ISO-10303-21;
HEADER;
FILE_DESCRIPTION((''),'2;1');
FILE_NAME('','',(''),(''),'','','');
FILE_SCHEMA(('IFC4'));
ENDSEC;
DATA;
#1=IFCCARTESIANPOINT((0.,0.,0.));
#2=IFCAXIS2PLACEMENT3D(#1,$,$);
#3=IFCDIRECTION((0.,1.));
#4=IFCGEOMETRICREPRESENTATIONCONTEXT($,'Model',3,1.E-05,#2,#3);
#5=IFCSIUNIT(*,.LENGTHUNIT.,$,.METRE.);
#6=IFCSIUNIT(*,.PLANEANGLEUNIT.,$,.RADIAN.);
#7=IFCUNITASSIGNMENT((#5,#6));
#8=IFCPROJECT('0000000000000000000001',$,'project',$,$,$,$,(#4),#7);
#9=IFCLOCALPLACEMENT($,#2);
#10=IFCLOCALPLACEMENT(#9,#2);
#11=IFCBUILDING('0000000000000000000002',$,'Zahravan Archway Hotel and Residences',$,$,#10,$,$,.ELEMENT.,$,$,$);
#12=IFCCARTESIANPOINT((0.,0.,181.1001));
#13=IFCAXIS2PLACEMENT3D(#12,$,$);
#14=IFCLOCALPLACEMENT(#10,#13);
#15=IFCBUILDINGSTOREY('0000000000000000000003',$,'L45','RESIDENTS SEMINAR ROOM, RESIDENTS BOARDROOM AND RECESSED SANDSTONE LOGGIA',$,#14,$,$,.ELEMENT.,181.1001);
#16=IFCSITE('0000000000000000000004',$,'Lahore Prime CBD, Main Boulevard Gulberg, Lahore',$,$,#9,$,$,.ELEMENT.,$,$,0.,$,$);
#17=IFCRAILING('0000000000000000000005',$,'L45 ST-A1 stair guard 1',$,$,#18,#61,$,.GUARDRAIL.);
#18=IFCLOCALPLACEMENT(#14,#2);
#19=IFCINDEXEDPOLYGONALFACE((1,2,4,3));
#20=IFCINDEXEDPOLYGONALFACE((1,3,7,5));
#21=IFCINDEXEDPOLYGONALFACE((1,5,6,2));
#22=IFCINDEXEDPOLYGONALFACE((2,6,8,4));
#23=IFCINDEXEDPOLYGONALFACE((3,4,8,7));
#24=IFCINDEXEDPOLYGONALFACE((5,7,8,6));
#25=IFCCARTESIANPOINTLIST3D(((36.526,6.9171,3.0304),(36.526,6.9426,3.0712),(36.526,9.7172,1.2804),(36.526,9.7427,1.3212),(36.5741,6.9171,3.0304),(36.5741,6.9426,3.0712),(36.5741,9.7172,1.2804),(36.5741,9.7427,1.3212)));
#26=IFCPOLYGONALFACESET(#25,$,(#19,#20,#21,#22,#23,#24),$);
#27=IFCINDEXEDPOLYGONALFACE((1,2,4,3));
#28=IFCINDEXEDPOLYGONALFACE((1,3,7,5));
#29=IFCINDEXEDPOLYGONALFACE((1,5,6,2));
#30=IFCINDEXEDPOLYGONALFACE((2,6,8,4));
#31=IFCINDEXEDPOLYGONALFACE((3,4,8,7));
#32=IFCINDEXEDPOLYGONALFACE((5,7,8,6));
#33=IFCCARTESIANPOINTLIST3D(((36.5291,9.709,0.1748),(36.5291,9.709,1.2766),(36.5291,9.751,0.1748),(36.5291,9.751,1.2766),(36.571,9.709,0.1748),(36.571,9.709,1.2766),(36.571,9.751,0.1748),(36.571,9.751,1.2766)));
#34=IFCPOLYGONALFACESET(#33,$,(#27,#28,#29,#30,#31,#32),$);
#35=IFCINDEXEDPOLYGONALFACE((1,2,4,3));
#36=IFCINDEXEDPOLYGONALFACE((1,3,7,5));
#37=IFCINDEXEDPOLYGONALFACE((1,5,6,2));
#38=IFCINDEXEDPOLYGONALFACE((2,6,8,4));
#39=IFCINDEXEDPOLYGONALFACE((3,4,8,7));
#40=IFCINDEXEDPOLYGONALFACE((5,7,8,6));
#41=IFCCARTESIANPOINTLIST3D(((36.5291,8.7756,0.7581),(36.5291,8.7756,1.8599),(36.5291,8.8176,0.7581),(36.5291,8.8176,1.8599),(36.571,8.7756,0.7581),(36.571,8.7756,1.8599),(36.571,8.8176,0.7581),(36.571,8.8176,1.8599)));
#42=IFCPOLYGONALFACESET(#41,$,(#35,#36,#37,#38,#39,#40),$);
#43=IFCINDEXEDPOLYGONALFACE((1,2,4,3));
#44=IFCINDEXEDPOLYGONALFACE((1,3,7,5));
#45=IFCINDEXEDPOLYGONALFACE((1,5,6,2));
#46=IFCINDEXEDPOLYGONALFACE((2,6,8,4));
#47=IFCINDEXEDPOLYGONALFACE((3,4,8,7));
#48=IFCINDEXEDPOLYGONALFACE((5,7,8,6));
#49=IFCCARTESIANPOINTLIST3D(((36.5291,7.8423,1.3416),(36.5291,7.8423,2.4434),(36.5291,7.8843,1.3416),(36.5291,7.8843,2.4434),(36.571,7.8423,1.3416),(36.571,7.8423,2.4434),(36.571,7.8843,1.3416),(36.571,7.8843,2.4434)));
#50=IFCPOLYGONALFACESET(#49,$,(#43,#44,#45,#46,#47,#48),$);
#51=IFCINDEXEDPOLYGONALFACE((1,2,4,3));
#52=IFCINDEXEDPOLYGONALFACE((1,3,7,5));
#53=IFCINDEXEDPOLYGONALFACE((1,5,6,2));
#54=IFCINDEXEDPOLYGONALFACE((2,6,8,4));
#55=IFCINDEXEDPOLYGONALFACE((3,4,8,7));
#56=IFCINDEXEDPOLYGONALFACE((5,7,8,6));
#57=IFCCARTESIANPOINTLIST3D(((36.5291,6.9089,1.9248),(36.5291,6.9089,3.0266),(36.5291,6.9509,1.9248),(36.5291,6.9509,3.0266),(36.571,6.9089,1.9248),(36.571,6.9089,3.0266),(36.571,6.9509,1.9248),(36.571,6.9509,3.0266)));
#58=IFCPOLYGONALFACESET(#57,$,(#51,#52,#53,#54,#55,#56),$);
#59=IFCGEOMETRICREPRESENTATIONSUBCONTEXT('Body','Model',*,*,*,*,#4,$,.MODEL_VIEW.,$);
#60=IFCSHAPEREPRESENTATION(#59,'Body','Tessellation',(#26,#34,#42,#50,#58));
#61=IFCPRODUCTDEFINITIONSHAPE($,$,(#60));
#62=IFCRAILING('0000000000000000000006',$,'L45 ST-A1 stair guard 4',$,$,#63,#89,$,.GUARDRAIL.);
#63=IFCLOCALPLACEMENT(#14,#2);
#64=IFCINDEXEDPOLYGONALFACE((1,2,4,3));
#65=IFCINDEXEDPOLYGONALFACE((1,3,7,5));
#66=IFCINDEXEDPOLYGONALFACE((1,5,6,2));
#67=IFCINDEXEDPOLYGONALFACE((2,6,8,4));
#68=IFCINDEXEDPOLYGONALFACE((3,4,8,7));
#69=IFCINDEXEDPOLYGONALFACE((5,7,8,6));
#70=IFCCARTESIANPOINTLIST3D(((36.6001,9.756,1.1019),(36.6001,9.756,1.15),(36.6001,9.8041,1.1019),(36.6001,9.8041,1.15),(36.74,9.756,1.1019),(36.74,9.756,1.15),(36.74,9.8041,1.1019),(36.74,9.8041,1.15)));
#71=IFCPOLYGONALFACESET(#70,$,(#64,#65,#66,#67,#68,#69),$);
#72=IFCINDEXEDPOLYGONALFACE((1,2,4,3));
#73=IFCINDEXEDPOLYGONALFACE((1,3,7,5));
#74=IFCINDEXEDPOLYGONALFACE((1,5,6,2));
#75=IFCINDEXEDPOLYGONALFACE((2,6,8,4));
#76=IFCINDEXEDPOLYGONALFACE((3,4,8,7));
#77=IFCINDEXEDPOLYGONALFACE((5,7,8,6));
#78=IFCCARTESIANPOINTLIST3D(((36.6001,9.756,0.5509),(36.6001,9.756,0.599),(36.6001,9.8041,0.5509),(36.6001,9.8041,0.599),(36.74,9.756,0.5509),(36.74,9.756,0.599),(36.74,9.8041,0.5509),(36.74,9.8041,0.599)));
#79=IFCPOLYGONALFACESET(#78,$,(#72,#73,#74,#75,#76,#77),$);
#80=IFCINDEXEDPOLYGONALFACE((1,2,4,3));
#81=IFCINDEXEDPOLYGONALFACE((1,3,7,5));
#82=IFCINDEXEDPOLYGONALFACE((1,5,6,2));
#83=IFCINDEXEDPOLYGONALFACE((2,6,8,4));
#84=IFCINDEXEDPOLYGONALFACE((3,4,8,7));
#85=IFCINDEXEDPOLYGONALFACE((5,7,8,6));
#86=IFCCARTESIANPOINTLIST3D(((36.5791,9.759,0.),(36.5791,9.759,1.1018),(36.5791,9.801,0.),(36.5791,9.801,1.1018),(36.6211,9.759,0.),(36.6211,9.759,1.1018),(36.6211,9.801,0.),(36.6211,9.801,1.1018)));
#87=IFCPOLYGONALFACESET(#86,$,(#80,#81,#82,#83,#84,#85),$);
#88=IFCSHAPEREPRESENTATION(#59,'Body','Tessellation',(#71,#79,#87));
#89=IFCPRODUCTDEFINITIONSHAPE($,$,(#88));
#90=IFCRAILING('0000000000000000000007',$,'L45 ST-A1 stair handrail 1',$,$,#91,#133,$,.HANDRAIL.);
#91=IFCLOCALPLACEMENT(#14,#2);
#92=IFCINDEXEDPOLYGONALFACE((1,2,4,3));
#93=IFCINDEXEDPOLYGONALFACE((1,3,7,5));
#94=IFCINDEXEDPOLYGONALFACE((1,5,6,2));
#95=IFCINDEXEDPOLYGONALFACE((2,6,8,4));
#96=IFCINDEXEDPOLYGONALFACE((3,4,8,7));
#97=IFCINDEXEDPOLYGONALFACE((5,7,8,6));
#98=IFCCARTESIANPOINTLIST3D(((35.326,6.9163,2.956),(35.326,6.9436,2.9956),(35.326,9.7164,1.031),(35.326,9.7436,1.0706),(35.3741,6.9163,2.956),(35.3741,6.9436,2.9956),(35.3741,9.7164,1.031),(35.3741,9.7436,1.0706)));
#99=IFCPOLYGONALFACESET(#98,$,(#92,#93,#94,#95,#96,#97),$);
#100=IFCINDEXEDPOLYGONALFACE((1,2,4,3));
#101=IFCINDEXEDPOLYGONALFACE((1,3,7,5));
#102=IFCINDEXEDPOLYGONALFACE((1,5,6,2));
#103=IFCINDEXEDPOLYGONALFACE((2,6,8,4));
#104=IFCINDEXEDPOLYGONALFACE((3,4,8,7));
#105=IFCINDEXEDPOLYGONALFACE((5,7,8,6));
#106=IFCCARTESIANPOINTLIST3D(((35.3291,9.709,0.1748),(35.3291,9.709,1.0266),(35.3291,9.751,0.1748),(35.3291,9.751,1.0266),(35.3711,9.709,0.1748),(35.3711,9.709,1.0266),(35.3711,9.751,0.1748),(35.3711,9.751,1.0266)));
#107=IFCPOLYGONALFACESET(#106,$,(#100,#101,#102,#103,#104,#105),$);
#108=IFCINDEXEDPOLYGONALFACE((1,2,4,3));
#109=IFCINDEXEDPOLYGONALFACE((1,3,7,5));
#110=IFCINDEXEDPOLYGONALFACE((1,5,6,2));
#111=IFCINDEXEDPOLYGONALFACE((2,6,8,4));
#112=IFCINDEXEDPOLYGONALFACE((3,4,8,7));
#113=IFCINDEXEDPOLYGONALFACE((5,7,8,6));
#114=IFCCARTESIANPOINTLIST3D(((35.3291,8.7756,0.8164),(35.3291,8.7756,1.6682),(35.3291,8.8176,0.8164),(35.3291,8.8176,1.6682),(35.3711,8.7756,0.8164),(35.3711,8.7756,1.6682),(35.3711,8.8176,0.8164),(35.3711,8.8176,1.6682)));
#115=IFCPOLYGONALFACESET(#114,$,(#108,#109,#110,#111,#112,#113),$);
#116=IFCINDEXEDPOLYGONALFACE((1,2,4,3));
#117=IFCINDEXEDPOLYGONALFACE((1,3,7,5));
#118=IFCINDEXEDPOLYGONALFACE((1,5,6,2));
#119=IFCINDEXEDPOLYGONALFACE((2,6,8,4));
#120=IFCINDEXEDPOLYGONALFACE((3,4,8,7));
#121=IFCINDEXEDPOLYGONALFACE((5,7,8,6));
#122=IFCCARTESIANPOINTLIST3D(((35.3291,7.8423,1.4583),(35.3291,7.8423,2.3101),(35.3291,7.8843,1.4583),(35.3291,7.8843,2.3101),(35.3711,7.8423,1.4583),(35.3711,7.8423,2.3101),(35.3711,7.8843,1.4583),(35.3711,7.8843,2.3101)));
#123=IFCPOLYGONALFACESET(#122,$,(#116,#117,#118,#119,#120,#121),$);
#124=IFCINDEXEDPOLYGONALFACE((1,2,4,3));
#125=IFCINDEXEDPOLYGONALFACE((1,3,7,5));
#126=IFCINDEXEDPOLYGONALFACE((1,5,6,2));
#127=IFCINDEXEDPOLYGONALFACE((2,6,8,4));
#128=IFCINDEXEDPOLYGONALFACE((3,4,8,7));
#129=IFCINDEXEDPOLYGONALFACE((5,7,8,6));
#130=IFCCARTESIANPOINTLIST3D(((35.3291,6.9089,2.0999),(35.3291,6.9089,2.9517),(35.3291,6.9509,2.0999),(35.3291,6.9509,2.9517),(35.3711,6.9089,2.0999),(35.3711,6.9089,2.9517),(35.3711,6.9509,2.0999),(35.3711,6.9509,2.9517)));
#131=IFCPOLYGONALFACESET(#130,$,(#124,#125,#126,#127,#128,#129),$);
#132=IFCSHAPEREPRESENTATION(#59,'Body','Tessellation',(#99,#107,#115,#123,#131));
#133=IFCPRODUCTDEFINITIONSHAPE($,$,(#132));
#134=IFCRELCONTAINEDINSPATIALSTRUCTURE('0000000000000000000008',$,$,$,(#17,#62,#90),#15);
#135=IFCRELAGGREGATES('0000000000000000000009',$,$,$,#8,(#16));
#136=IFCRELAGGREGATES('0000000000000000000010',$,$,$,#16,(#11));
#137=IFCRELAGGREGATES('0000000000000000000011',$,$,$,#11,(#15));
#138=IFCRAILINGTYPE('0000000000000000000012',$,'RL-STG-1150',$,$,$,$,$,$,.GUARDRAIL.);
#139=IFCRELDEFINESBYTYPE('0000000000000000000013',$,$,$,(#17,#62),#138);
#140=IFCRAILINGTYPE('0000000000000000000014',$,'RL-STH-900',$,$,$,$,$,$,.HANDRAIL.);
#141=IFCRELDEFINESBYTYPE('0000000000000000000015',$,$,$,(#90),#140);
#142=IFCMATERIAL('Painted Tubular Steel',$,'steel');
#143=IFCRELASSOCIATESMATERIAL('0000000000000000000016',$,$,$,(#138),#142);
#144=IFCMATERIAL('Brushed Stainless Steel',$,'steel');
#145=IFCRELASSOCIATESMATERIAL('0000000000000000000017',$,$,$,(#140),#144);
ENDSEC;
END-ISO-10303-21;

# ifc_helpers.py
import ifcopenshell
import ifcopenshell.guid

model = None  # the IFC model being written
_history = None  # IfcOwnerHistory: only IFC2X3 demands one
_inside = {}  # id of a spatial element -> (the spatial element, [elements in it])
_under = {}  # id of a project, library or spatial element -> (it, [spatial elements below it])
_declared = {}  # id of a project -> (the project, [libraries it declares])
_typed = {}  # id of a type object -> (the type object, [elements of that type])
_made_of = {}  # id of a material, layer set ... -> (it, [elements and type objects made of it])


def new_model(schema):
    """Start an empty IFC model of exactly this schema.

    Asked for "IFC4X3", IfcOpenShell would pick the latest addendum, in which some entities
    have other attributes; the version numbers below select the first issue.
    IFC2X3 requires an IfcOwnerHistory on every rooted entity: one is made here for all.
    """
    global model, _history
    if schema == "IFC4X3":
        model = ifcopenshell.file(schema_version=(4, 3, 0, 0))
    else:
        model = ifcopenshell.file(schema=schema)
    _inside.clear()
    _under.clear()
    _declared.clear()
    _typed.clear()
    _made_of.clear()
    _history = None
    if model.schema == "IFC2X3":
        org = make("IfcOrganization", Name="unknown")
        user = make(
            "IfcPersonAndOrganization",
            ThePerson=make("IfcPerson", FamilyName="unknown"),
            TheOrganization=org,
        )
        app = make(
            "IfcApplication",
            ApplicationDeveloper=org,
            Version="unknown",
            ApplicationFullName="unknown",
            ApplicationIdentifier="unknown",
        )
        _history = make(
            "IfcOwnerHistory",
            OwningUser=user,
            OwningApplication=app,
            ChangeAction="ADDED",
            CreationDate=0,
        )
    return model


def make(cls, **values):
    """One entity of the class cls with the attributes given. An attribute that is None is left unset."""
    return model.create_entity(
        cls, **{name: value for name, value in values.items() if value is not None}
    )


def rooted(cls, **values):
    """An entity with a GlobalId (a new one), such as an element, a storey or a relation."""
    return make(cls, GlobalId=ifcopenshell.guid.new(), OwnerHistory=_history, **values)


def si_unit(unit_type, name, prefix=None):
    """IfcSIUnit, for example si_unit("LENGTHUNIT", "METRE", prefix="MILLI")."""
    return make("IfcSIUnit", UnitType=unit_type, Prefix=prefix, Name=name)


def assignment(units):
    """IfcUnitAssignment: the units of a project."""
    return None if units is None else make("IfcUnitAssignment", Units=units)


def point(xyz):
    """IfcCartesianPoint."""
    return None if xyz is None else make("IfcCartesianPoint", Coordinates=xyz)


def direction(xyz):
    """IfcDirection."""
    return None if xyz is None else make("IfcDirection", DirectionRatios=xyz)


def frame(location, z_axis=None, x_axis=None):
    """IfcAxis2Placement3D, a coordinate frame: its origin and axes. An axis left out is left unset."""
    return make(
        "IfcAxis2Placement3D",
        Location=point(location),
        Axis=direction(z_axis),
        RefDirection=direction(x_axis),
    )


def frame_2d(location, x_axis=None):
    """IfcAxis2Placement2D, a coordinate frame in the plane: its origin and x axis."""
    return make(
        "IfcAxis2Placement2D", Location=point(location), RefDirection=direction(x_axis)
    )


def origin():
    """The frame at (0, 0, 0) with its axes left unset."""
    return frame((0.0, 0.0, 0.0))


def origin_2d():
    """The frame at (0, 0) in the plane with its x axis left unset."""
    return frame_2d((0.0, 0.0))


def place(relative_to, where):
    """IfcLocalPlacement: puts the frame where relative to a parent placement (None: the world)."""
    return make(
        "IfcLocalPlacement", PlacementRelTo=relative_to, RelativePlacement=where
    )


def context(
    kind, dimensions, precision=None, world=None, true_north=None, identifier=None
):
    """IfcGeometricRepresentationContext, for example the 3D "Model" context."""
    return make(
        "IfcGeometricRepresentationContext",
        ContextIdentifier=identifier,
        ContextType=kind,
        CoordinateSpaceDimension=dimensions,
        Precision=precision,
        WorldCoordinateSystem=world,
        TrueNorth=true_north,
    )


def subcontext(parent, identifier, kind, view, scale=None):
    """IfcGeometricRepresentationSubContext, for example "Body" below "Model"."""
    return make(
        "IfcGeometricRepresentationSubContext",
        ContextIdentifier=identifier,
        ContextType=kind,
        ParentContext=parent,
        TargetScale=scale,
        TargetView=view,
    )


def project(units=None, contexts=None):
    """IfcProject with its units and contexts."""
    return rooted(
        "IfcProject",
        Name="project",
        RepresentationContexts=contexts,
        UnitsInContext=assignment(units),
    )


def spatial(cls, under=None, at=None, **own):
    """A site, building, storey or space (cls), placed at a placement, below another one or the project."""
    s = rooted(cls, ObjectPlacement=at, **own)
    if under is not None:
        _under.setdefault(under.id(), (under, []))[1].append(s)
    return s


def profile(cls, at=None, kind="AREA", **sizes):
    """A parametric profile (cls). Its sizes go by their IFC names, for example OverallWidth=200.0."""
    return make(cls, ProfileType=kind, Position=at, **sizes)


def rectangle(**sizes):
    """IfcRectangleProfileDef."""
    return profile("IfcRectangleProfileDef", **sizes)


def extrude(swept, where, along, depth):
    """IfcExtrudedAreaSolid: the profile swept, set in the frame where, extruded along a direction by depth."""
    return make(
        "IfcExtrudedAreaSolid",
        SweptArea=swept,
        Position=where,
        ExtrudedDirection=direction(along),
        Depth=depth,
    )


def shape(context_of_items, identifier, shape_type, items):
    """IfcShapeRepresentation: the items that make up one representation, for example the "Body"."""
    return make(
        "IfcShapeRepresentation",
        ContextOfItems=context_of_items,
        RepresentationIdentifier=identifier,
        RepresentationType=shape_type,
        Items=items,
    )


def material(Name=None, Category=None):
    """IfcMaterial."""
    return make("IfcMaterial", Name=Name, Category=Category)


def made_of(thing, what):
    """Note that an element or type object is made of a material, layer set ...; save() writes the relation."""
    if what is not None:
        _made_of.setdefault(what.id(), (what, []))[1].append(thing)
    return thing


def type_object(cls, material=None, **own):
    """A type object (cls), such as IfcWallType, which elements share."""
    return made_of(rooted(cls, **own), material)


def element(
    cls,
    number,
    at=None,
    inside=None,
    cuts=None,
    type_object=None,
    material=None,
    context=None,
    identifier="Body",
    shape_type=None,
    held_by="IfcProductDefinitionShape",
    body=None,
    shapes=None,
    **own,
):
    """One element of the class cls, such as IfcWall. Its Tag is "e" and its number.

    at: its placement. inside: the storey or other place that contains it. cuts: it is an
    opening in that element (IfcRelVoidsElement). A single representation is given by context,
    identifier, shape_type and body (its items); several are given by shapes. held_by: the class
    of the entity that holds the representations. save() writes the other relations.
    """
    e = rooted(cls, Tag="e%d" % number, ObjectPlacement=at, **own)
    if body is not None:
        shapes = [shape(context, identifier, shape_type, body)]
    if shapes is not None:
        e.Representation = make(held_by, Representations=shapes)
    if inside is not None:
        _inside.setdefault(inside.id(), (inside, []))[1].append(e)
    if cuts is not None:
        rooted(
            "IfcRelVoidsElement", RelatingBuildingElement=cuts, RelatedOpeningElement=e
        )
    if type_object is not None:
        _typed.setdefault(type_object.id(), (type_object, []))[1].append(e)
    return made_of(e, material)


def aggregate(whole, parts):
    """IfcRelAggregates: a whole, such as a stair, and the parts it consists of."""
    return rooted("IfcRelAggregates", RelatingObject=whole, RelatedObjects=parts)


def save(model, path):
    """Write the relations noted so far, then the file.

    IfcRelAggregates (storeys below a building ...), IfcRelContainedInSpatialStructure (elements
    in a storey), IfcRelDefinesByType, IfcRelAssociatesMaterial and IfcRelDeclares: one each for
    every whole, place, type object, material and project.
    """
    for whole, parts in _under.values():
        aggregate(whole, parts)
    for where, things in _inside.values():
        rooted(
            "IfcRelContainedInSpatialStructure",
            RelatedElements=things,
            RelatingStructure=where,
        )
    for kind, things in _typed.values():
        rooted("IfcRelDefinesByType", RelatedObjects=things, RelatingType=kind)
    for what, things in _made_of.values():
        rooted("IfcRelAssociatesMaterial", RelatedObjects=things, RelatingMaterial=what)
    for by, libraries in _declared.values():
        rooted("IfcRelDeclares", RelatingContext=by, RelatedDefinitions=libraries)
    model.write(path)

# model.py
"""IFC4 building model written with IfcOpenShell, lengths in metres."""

from ifc_helpers import new_model, si_unit, direction, frame, origin, origin_2d, place, context, subcontext, project, spatial, rectangle, extrude, material, type_object, element, save


model = new_model("IFC4")

# Units and contexts
model_context = context("Model", 3, precision=1e-05, world=origin(), true_north=direction((0.0, 1.0)))
body_context = subcontext(model_context, "Body", "Model", "MODEL_VIEW")
ifc_project = project(units=[si_unit("LENGTHUNIT", "METRE"), si_unit("PLANEANGLEUNIT", "RADIAN")], contexts=[model_context])

# Site, building, storey
site_placement = place(None, origin())
site = spatial("IfcSite", under=ifc_project, at=site_placement, Name="Lahore Prime CBD, Main Boulevard Gulberg, Lahore", CompositionType="ELEMENT", RefElevation=0.0)
building_placement = place(site_placement, origin())
building = spatial("IfcBuilding", under=site, at=building_placement, Name="Zahravan Archway Hotel and Residences", CompositionType="ELEMENT")
storey_placement = place(building_placement, frame((0.0, 0.0, 181.1001)))
storey = spatial("IfcBuildingStorey", under=building, at=storey_placement, Name="L45", Description="RESIDENTS SEMINAR ROOM, RESIDENTS BOARDROOM AND RECESSED SANDSTONE LOGGIA", CompositionType="ELEMENT", Elevation=181.1001)

# Railings
ifc_material_1 = material(Name="Painted Tubular Steel", Category="steel")
railing_type_1 = type_object("IfcRailingType", Name="RL-STG-1150", PredefinedType="GUARDRAIL", material=ifc_material_1)
railing_1_placement = place(storey_placement, frame((36.55, 9.73, 0.1748)))
element("IfcRailing", 1, at=railing_1_placement, inside=storey, type_object=railing_type_1, Name="L45 ST-A1 stair guard 1", PredefinedType="GUARDRAIL", context=body_context, shape_type="SweptSolid", body=[
    extrude(rectangle(XDim=0.0481, YDim=0.0481, at=origin_2d()), frame((0.0, 0.0, 1.126), z_axis=(0.0, -0.848002, 0.529992), x_axis=(1.0, 0.0, 0.0)), (0.0, 0.0, 1.0), 3.302),
    extrude(rectangle(XDim=0.042, YDim=0.042, at=origin_2d()), origin(), (0.0, 0.0, 1.0), 1.1018),
    extrude(rectangle(XDim=0.042, YDim=0.042, at=origin_2d()), frame((0.0, -0.9333, 0.5833)), (0.0, 0.0, 1.0), 1.1018),
    extrude(rectangle(XDim=0.042, YDim=0.042, at=origin_2d()), frame((0.0, -1.8667, 1.1667)), (0.0, 0.0, 1.0), 1.1018),
    extrude(rectangle(XDim=0.042, YDim=0.042, at=origin_2d()), frame((0.0, -2.8, 1.75)), (0.0, 0.0, 1.0), 1.1018),
])
railing_2_placement = place(storey_placement, frame((36.6001, 9.78, 0.0)))
element("IfcRailing", 2, at=railing_2_placement, inside=storey, type_object=railing_type_1, Name="L45 ST-A1 stair guard 4", PredefinedType="GUARDRAIL", context=body_context, shape_type="SweptSolid", body=[
    extrude(rectangle(XDim=0.0481, YDim=0.0481, at=origin_2d()), frame((0.0, 0.0, 1.126), z_axis=(1.0, 0.0, 0.0), x_axis=(0.0, 1.0, 0.0)), (0.0, 0.0, 1.0), 0.1399),
    extrude(rectangle(XDim=0.0481, YDim=0.0481, at=origin_2d()), frame((0.0, 0.0, 0.575), z_axis=(1.0, 0.0, 0.0), x_axis=(0.0, 1.0, 0.0)), (0.0, 0.0, 1.0), 0.1399),
    extrude(rectangle(XDim=0.042, YDim=0.042, at=origin_2d()), origin(), (0.0, 0.0, 1.0), 1.1018),
])
ifc_material_2 = material(Name="Brushed Stainless Steel", Category="steel")
railing_type_2 = type_object("IfcRailingType", Name="RL-STH-900", PredefinedType="HANDRAIL", material=ifc_material_2)
railing_3_placement = place(storey_placement, frame((35.3501, 9.73, 0.1748)))
element("IfcRailing", 3, at=railing_3_placement, inside=storey, type_object=railing_type_2, Name="L45 ST-A1 stair handrail 1", PredefinedType="HANDRAIL", context=body_context, shape_type="SweptSolid", body=[
    extrude(rectangle(XDim=0.0481, YDim=0.0481, at=origin_2d()), frame((0.0, 0.0, 0.876), z_axis=(0.0, -0.82404, 0.566532), x_axis=(1.0, 0.0, 0.0)), (0.0, 0.0, 1.0), 3.3979),
    extrude(rectangle(XDim=0.042, YDim=0.042, at=origin_2d()), origin(), (0.0, 0.0, 1.0), 0.8518),
    extrude(rectangle(XDim=0.042, YDim=0.042, at=origin_2d()), frame((0.0, -0.9333, 0.6416)), (0.0, 0.0, 1.0), 0.8518),
    extrude(rectangle(XDim=0.042, YDim=0.042, at=origin_2d()), frame((0.0, -1.8667, 1.2834)), (0.0, 0.0, 1.0), 0.8518),
    extrude(rectangle(XDim=0.042, YDim=0.042, at=origin_2d()), frame((0.0, -2.8, 1.925)), (0.0, 0.0, 1.0), 0.8518),
])

save(model, "model.ifc")
